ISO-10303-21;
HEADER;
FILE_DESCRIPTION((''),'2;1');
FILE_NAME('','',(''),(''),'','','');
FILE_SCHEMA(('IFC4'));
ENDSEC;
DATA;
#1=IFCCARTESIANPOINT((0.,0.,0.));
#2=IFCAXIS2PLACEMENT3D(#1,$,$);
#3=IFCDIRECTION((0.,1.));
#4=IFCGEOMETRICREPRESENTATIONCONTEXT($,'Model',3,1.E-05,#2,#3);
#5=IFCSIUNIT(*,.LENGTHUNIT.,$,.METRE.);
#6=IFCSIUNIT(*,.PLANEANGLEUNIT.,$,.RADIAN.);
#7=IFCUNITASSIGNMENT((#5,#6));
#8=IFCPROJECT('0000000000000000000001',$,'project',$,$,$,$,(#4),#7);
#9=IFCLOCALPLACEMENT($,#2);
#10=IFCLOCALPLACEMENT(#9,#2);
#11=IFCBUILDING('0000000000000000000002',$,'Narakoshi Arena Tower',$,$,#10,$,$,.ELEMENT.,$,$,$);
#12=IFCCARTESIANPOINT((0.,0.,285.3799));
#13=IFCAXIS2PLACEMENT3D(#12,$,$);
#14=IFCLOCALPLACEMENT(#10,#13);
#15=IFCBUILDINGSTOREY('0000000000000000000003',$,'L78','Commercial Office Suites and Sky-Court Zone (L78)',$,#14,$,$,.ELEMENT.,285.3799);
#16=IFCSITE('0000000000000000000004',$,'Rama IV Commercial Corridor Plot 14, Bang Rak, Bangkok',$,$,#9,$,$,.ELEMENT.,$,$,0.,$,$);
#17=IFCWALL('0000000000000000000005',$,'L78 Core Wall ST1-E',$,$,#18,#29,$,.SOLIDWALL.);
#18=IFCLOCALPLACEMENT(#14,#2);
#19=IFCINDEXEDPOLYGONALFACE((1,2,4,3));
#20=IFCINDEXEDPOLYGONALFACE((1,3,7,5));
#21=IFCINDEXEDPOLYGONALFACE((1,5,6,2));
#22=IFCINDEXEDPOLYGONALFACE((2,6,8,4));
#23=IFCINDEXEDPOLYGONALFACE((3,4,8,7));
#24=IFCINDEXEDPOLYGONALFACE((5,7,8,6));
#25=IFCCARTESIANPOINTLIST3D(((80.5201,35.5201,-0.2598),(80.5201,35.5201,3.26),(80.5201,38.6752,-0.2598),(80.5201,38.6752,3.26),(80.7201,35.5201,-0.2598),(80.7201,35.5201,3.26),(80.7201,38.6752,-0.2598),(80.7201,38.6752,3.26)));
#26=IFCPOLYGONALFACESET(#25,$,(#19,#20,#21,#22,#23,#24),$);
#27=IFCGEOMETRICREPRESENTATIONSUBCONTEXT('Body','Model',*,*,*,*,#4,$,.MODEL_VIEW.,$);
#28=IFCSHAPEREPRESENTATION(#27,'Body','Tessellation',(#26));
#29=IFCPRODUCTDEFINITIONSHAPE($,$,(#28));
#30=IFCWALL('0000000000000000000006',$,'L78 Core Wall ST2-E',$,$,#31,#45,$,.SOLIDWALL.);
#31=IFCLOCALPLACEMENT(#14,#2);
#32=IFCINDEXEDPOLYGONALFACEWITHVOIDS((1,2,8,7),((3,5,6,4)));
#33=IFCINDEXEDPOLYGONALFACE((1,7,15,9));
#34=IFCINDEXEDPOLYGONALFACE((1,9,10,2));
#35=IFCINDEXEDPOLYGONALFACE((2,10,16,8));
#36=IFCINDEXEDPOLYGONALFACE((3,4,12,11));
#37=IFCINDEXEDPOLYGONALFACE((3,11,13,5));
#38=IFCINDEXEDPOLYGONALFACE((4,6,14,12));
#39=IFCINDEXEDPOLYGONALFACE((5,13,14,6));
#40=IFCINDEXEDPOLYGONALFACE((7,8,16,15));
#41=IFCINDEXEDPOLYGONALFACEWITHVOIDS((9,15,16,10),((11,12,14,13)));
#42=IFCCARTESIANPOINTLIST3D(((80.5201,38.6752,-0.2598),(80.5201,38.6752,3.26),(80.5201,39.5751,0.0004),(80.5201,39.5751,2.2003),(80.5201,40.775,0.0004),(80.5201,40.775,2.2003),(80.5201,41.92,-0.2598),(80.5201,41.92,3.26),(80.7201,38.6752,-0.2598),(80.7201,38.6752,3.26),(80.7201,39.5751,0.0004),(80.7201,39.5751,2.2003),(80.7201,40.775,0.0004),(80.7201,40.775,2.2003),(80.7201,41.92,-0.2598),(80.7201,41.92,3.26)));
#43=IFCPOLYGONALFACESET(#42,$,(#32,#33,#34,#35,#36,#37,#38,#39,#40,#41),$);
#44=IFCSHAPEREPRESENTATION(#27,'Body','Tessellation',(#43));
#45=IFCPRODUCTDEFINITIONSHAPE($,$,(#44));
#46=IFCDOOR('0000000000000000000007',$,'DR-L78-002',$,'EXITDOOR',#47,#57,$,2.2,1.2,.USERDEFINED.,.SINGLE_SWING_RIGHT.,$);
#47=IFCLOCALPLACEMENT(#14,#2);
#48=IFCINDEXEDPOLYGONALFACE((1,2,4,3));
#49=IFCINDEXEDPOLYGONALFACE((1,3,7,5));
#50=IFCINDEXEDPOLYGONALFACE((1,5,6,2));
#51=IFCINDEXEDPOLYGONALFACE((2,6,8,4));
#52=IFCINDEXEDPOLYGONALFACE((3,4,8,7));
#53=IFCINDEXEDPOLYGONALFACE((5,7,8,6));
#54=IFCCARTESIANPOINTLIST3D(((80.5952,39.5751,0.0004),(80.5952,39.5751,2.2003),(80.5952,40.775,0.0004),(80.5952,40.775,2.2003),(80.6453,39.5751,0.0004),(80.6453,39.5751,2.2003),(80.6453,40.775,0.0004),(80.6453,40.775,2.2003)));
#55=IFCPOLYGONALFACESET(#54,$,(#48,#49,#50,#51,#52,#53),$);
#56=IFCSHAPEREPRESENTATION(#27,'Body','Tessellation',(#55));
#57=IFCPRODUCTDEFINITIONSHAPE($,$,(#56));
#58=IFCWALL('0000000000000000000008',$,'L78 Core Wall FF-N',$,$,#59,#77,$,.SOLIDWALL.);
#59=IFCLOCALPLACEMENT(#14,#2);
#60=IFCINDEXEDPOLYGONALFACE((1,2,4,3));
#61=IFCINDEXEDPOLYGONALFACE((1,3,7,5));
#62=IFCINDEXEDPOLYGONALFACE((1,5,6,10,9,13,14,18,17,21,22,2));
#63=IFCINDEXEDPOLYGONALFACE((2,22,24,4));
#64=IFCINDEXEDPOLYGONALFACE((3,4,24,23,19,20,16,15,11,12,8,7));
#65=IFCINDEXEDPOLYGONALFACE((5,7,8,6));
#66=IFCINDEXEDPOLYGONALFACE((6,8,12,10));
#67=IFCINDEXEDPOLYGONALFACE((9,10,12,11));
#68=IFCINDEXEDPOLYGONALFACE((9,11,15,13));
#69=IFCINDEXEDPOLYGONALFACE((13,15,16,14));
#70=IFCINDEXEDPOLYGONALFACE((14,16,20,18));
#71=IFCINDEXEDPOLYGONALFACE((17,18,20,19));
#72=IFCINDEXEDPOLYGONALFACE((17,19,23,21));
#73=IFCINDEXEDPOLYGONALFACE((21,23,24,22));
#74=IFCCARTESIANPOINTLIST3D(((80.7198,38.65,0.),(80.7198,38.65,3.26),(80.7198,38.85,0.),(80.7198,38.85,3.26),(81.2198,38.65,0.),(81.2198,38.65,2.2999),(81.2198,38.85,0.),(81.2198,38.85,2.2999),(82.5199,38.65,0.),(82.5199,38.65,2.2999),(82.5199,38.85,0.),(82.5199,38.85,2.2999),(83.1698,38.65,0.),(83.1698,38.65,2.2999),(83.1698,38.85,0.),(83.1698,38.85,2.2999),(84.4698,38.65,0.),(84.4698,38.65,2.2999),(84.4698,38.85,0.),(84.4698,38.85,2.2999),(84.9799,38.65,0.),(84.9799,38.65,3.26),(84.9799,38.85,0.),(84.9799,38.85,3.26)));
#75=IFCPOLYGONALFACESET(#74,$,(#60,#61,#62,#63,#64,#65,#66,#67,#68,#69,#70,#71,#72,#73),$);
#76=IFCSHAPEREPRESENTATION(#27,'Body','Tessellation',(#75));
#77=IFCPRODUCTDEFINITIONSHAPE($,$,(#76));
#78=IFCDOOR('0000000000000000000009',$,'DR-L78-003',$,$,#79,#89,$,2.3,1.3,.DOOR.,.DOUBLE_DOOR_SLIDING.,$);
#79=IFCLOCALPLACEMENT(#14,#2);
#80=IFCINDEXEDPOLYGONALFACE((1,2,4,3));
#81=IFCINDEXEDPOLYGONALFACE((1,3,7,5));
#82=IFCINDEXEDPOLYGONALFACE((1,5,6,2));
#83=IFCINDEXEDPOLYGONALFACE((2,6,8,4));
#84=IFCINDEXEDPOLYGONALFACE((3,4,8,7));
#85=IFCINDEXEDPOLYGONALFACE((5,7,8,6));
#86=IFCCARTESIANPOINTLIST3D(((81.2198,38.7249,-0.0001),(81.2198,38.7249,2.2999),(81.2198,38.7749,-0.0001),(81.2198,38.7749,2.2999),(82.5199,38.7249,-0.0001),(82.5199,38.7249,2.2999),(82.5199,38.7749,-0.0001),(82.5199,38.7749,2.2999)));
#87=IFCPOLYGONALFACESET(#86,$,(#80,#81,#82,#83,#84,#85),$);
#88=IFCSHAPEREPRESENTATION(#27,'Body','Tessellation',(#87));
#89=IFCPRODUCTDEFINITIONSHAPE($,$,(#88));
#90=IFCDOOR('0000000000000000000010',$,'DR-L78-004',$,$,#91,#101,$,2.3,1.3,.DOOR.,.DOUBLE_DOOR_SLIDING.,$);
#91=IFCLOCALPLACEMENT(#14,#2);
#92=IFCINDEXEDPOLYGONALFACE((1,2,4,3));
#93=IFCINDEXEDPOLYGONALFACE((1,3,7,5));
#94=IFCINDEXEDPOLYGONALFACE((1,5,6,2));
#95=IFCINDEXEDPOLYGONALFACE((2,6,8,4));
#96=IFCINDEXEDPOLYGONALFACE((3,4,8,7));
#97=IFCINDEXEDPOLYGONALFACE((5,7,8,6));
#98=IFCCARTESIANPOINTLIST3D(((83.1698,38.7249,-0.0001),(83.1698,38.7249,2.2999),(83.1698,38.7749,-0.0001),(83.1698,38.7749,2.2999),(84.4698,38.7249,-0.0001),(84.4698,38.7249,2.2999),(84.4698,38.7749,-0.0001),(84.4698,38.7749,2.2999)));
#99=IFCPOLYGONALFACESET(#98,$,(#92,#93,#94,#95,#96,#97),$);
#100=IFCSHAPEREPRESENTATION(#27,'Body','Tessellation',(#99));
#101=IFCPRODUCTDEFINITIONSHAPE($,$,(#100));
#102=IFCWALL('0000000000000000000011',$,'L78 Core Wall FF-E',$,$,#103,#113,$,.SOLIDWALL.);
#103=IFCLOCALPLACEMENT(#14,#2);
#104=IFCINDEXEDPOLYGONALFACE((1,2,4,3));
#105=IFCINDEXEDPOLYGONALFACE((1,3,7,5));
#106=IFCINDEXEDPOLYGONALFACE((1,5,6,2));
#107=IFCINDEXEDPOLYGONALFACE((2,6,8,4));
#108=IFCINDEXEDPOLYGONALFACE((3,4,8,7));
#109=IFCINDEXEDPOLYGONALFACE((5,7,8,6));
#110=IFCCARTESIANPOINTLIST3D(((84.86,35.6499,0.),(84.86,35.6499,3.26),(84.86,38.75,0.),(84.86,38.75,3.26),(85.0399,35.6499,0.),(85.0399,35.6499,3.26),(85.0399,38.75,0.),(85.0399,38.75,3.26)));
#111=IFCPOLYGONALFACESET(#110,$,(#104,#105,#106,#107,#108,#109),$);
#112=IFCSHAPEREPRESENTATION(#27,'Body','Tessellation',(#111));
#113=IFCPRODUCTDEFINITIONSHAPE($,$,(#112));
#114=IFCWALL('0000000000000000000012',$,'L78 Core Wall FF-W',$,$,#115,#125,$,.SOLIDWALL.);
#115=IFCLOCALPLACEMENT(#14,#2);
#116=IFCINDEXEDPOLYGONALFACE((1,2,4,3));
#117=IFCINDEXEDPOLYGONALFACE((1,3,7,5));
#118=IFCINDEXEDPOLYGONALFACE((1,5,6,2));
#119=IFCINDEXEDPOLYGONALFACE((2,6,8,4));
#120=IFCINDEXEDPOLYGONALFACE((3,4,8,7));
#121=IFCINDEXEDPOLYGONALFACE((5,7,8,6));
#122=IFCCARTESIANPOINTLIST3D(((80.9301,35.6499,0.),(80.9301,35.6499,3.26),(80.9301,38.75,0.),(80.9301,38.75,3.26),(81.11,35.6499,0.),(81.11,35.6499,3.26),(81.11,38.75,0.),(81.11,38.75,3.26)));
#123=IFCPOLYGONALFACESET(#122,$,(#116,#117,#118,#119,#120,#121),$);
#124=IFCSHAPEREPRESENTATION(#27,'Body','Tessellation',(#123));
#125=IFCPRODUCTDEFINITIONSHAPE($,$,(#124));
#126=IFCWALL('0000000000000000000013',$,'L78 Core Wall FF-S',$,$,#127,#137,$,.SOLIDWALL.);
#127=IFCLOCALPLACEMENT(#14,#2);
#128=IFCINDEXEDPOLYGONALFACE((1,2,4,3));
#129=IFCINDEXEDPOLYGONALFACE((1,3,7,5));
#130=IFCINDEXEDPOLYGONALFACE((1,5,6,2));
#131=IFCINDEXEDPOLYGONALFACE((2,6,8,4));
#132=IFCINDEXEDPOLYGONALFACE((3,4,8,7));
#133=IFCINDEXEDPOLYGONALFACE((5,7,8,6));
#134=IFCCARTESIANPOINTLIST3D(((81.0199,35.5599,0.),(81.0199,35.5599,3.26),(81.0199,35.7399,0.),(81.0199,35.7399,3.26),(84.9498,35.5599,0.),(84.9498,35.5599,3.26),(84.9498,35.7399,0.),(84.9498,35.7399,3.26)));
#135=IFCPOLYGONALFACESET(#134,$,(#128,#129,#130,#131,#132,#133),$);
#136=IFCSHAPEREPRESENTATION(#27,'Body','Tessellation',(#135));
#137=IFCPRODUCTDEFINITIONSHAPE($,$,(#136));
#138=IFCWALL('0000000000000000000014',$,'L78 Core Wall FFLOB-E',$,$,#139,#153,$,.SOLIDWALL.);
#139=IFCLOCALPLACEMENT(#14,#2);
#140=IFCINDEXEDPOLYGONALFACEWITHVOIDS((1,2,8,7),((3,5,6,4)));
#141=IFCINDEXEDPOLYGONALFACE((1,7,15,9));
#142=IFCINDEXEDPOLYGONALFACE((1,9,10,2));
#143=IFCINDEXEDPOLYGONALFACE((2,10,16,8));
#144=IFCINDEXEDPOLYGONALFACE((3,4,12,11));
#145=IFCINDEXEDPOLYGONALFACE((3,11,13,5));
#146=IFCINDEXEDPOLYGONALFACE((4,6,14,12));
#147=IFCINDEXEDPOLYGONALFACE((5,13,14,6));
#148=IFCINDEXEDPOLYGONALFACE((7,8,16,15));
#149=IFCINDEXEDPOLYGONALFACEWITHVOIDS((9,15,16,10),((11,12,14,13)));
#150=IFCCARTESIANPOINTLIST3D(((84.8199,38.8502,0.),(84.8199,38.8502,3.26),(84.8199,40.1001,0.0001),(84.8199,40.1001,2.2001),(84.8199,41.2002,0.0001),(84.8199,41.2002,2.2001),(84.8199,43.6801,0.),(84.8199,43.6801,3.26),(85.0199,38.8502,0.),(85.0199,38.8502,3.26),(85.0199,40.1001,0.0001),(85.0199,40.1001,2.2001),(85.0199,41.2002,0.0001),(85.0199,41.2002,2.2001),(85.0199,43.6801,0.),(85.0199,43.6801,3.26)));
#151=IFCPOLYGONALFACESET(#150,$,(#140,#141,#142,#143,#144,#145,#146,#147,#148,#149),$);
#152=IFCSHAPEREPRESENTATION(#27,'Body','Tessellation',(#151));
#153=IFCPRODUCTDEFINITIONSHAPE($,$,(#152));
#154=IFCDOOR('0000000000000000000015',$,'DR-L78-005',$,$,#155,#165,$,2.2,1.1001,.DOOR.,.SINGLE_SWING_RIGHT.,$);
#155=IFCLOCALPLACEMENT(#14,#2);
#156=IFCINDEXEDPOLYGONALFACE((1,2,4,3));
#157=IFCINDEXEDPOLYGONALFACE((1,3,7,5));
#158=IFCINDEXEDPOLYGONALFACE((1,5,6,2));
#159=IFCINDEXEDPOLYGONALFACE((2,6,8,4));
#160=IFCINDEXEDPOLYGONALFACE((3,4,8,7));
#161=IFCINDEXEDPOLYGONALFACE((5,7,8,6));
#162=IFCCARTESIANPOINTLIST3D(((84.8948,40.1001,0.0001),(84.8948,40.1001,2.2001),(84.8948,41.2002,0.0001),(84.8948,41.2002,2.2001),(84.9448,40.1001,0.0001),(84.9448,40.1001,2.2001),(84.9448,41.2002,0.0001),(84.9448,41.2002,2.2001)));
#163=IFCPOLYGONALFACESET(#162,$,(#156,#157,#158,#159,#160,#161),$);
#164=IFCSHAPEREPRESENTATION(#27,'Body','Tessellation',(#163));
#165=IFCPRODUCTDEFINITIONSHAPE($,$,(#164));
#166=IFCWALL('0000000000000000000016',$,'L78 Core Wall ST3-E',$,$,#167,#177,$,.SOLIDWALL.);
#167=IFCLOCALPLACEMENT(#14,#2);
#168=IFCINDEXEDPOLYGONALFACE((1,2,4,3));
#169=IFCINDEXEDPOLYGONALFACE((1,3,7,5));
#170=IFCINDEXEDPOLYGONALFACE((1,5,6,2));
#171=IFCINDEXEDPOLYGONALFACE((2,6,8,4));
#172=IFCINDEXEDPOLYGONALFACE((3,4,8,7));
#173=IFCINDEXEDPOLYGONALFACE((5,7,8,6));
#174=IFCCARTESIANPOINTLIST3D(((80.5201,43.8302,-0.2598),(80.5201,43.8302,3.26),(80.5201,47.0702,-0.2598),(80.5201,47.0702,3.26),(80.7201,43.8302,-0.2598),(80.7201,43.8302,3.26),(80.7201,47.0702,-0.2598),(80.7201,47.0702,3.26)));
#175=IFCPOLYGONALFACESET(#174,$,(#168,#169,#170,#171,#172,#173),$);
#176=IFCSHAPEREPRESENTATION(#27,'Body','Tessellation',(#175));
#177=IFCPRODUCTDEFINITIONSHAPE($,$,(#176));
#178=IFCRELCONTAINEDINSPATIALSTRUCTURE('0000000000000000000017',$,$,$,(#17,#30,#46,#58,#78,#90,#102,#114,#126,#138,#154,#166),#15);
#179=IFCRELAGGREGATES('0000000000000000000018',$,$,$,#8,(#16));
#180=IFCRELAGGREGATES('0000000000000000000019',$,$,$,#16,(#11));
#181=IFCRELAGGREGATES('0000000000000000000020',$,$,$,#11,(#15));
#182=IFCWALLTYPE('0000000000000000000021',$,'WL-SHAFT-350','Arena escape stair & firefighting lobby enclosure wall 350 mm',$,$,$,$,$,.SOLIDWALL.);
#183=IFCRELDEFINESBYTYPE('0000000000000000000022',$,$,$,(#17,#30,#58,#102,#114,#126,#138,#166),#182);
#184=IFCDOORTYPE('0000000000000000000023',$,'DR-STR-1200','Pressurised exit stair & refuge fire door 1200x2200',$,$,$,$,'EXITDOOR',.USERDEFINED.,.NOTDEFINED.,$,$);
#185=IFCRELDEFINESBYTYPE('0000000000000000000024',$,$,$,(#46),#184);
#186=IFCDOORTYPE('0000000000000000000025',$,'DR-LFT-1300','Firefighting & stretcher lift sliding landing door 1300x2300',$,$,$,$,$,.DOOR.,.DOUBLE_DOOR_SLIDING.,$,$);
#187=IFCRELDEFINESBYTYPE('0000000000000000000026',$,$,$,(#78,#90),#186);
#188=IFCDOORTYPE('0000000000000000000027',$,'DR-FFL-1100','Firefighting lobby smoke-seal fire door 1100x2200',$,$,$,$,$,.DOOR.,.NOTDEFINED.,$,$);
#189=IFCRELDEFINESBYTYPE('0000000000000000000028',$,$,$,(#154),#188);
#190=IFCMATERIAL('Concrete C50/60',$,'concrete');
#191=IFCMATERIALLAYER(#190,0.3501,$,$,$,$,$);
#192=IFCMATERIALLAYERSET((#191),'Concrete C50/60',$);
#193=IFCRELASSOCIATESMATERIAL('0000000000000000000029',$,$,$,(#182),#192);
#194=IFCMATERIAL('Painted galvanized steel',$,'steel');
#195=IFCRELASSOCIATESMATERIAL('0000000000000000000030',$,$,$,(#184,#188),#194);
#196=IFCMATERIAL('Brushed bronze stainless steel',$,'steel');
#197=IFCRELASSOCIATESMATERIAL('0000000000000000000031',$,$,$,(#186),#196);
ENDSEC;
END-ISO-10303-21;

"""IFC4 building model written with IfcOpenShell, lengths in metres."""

from ifc_helpers import new_model, si_unit, direction, frame, frame_2d, origin, place, context, subcontext, project, spatial, rectangle, extrude, material, layer, layer_set, type_object, element, fill, save


model = new_model("IFC4")

# Units and contexts
model_context = context("Model", 3, precision=1e-05, world=origin(), true_north=direction((0.0, 1.0)))
body_context = subcontext(model_context, "Body", "Model", "MODEL_VIEW")
ifc_project = project(units=[si_unit("LENGTHUNIT", "METRE"), si_unit("PLANEANGLEUNIT", "RADIAN")], contexts=[model_context])

# Site, building, storey
site_placement = place(None, origin())
site = spatial("IfcSite", under=ifc_project, at=site_placement, Name="Rama IV Commercial Corridor Plot 14, Bang Rak, Bangkok", CompositionType="ELEMENT", RefElevation=0.0)
building_placement = place(site_placement, origin())
building = spatial("IfcBuilding", under=site, at=building_placement, Name="Narakoshi Arena Tower", CompositionType="ELEMENT")
storey_placement = place(building_placement, frame((0.0, 0.0, 285.3799)))
storey = spatial("IfcBuildingStorey", under=building, at=storey_placement, Name="L78", Description="Commercial Office Suites and Sky-Court Zone (L78)", CompositionType="ELEMENT", Elevation=285.3799)

# Shared definitions
ifc_material_1 = material(Name="Concrete C50/60", Category="concrete")

# Shared definitions
ifc_material_2 = material(Name="Painted galvanized steel", Category="steel")

# Wall
ifc_layer_1 = layer(ifc_material_1, 0.3501)
ifc_layer_set_1 = layer_set([ifc_layer_1], Name="Concrete C50/60")
wall_type_1 = type_object("IfcWallType", Name="WL-SHAFT-350", Description="Arena escape stair & firefighting lobby enclosure wall 350 mm", PredefinedType="SOLIDWALL", material=ifc_layer_set_1)
wall_1_placement = place(storey_placement, frame((80.6201, 35.52, -0.2598), z_axis=(0.0, 0.0, 1.0), x_axis=(0.0, 1.0, 0.0)))
element("IfcWall", 1, at=wall_1_placement, inside=storey, type_object=wall_type_1, Name="L78 Core Wall ST1-E", PredefinedType="SOLIDWALL", context=body_context, shape_type="SweptSolid", body=[
    extrude(rectangle(XDim=3.155, YDim=0.2, at=frame_2d((1.5776, 0.0))), origin(), (0.0, 0.0, 1.0), 3.5198),
])

# Wall, opening, door
wall_2_placement = place(storey_placement, frame((80.6201, 38.675, -0.2598), z_axis=(0.0, 0.0, 1.0), x_axis=(0.0, 1.0, 0.0)))
wall_2 = element("IfcWall", 2, at=wall_2_placement, inside=storey, type_object=wall_type_1, Name="L78 Core Wall ST2-E", PredefinedType="SOLIDWALL", context=body_context, shape_type="SweptSolid", body=[
    extrude(rectangle(XDim=3.2449, YDim=0.2, at=frame_2d((1.6226, 0.0))), origin(), (0.0, 0.0, 1.0), 3.5198),
])
opening_1_placement = place(wall_2_placement, frame((0.8999, 0.0, 0.26)))
opening_1 = element("IfcOpeningElement", 3, at=opening_1_placement, cuts=wall_2, PredefinedType="OPENING", context=body_context, shape_type="SweptSolid", body=[
    extrude(rectangle(XDim=1.2, YDim=2.2, at=frame_2d((0.6001, 1.1001))), frame((0.0, 0.1099, 0.0), z_axis=(0.0, -1.0, 0.0), x_axis=(1.0, 0.0, 0.0)), (0.0, 0.0, 1.0), 0.22),
])
door_type_1 = type_object("IfcDoorType", Name="DR-STR-1200", Description="Pressurised exit stair & refuge fire door 1200x2200", ElementType="EXITDOOR", OperationType="NOTDEFINED", PredefinedType="USERDEFINED", material=ifc_material_2)
door_1_placement = place(opening_1_placement, origin())
door_1 = element("IfcDoor", 4, at=door_1_placement, inside=storey, type_object=door_type_1, Name="DR-L78-002", ObjectType="EXITDOOR", OperationType="SINGLE_SWING_RIGHT", OverallHeight=2.2, OverallWidth=1.2, PredefinedType="USERDEFINED", context=body_context, shape_type="SweptSolid", body=[
    extrude(rectangle(XDim=1.2, YDim=2.2, at=frame_2d((0.6001, 1.1001))), frame((0.0, 0.0249, 0.0), z_axis=(0.0, -1.0, 0.0), x_axis=(1.0, 0.0, 0.0)), (0.0, 0.0, 1.0), 0.05),
])
fill(opening_1, door_1)

# Wall, openings, doors
wall_3_placement = place(storey_placement, frame((80.72, 38.75, 0.0), z_axis=(0.0, 0.0, 1.0), x_axis=(1.0, 0.0, 0.0)))
wall_3 = element("IfcWall", 5, at=wall_3_placement, inside=storey, type_object=wall_type_1, Name="L78 Core Wall FF-N", PredefinedType="SOLIDWALL", context=body_context, shape_type="SweptSolid", body=[
    extrude(rectangle(XDim=4.26, YDim=0.2, at=frame_2d((2.1299, 0.0))), origin(), (0.0, 0.0, 1.0), 3.26),
])
opening_2_placement = place(wall_3_placement, frame((0.5, 0.0, 0.0)))
opening_2 = element("IfcOpeningElement", 6, at=opening_2_placement, cuts=wall_3, PredefinedType="OPENING", context=body_context, shape_type="SweptSolid", body=[
    extrude(rectangle(XDim=1.3, YDim=2.3, at=frame_2d((0.6499, 1.1499))), frame((0.0, 0.1099, 0.0), z_axis=(0.0, -1.0, 0.0), x_axis=(1.0, 0.0, 0.0)), (0.0, 0.0, 1.0), 0.22),
])
opening_3_placement = place(wall_3_placement, frame((2.45, 0.0, 0.0)))
opening_3 = element("IfcOpeningElement", 7, at=opening_3_placement, cuts=wall_3, PredefinedType="OPENING", context=body_context, shape_type="SweptSolid", body=[
    extrude(rectangle(XDim=1.3, YDim=2.3, at=frame_2d((0.6499, 1.1499))), frame((0.0, 0.1099, 0.0), z_axis=(0.0, -1.0, 0.0), x_axis=(1.0, 0.0, 0.0)), (0.0, 0.0, 1.0), 0.22),
])
ifc_material_3 = material(Name="Brushed bronze stainless steel", Category="steel")
door_type_2 = type_object("IfcDoorType", Name="DR-LFT-1300", Description="Firefighting & stretcher lift sliding landing door 1300x2300", OperationType="DOUBLE_DOOR_SLIDING", PredefinedType="DOOR", material=ifc_material_3)
door_2_placement = place(opening_2_placement, origin())
door_2 = element("IfcDoor", 8, at=door_2_placement, inside=storey, type_object=door_type_2, Name="DR-L78-003", OperationType="DOUBLE_DOOR_SLIDING", OverallHeight=2.3, OverallWidth=1.3, PredefinedType="DOOR", context=body_context, shape_type="SweptSolid", body=[
    extrude(rectangle(XDim=1.3, YDim=2.3, at=frame_2d((0.6499, 1.1499))), frame((0.0, 0.0249, 0.0), z_axis=(0.0, -1.0, 0.0), x_axis=(1.0, 0.0, 0.0)), (0.0, 0.0, 1.0), 0.05),
])
fill(opening_2, door_2)
door_3_placement = place(opening_3_placement, origin())
door_3 = element("IfcDoor", 9, at=door_3_placement, inside=storey, type_object=door_type_2, Name="DR-L78-004", OperationType="DOUBLE_DOOR_SLIDING", OverallHeight=2.3, OverallWidth=1.3, PredefinedType="DOOR", context=body_context, shape_type="SweptSolid", body=[
    extrude(rectangle(XDim=1.3, YDim=2.3, at=frame_2d((0.6499, 1.1499))), frame((0.0, 0.0249, 0.0), z_axis=(0.0, -1.0, 0.0), x_axis=(1.0, 0.0, 0.0)), (0.0, 0.0, 1.0), 0.05),
])
fill(opening_3, door_3)

# Walls
for number, where, z_axis, x_axis, name in (
    (10, (84.95, 35.6499, 0.0), (0.0, 0.0, 1.0), (0.0, 1.0, 0.0), "L78 Core Wall FF-E"),
    (11, (81.02, 35.6499, 0.0), (0.0, 0.0, 1.0), (0.0, 1.0, 0.0), "L78 Core Wall FF-W"),
):
    element("IfcWall", number, at=place(storey_placement, frame(where, z_axis=z_axis, x_axis=x_axis)), inside=storey, type_object=wall_type_1, Name=name, PredefinedType="SOLIDWALL", context=body_context, shape_type="SweptSolid", body=[
        extrude(rectangle(XDim=3.1001, YDim=0.1799, at=frame_2d((1.55, 0.0))), origin(), (0.0, 0.0, 1.0), 3.26),
    ])
wall_4_placement = place(storey_placement, frame((81.02, 35.6499, 0.0), z_axis=(0.0, 0.0, 1.0), x_axis=(1.0, 0.0, 0.0)))
element("IfcWall", 12, at=wall_4_placement, inside=storey, type_object=wall_type_1, Name="L78 Core Wall FF-S", PredefinedType="SOLIDWALL", context=body_context, shape_type="SweptSolid", body=[
    extrude(rectangle(XDim=3.9299, YDim=0.1799, at=frame_2d((1.9648, 0.0))), origin(), (0.0, 0.0, 1.0), 3.26),
])

# Wall, opening, door
wall_5_placement = place(storey_placement, frame((84.9199, 38.8501, 0.0), z_axis=(0.0, 0.0, 1.0), x_axis=(0.0, 1.0, 0.0)))
wall_5 = element("IfcWall", 13, at=wall_5_placement, inside=storey, type_object=wall_type_1, Name="L78 Core Wall FFLOB-E", PredefinedType="SOLIDWALL", context=body_context, shape_type="SweptSolid", body=[
    extrude(rectangle(XDim=4.8298, YDim=0.2, at=frame_2d((2.415, 0.0))), origin(), (0.0, 0.0, 1.0), 3.26),
])
opening_4_placement = place(wall_5_placement, frame((1.25, 0.0, 0.0)))
opening_4 = element("IfcOpeningElement", 14, at=opening_4_placement, cuts=wall_5, PredefinedType="OPENING", context=body_context, shape_type="SweptSolid", body=[
    extrude(rectangle(XDim=1.1001, YDim=2.2, at=frame_2d((0.55, 1.1001))), frame((0.0, 0.1099, 0.0), z_axis=(0.0, -1.0, 0.0), x_axis=(1.0, 0.0, 0.0)), (0.0, 0.0, 1.0), 0.22),
])
door_type_3 = type_object("IfcDoorType", Name="DR-FFL-1100", Description="Firefighting lobby smoke-seal fire door 1100x2200", OperationType="NOTDEFINED", PredefinedType="DOOR", material=ifc_material_2)
door_4_placement = place(opening_4_placement, frame((1.1001, 0.0, 0.0), z_axis=(0.0, 0.0, 1.0), x_axis=(-1.0, 0.0, 0.0)))
door_4 = element("IfcDoor", 15, at=door_4_placement, inside=storey, type_object=door_type_3, Name="DR-L78-005", OperationType="SINGLE_SWING_RIGHT", OverallHeight=2.2, OverallWidth=1.1001, PredefinedType="DOOR", context=body_context, shape_type="SweptSolid", body=[
    extrude(rectangle(XDim=1.1001, YDim=2.2, at=frame_2d((0.55, 1.1001))), frame((0.0, 0.0249, 0.0), z_axis=(0.0, -1.0, 0.0), x_axis=(1.0, 0.0, 0.0)), (0.0, 0.0, 1.0), 0.05),
])
fill(opening_4, door_4)

# Wall
wall_6_placement = place(storey_placement, frame((80.6201, 43.8301, -0.2598), z_axis=(0.0, 0.0, 1.0), x_axis=(0.0, 1.0, 0.0)))
element("IfcWall", 16, at=wall_6_placement, inside=storey, type_object=wall_type_1, Name="L78 Core Wall ST3-E", PredefinedType="SOLIDWALL", context=body_context, shape_type="SweptSolid", body=[
    extrude(rectangle(XDim=3.24, YDim=0.2, at=frame_2d((1.6201, 0.0))), origin(), (0.0, 0.0, 1.0), 3.5198),
])

save(model, "model.ifc")
